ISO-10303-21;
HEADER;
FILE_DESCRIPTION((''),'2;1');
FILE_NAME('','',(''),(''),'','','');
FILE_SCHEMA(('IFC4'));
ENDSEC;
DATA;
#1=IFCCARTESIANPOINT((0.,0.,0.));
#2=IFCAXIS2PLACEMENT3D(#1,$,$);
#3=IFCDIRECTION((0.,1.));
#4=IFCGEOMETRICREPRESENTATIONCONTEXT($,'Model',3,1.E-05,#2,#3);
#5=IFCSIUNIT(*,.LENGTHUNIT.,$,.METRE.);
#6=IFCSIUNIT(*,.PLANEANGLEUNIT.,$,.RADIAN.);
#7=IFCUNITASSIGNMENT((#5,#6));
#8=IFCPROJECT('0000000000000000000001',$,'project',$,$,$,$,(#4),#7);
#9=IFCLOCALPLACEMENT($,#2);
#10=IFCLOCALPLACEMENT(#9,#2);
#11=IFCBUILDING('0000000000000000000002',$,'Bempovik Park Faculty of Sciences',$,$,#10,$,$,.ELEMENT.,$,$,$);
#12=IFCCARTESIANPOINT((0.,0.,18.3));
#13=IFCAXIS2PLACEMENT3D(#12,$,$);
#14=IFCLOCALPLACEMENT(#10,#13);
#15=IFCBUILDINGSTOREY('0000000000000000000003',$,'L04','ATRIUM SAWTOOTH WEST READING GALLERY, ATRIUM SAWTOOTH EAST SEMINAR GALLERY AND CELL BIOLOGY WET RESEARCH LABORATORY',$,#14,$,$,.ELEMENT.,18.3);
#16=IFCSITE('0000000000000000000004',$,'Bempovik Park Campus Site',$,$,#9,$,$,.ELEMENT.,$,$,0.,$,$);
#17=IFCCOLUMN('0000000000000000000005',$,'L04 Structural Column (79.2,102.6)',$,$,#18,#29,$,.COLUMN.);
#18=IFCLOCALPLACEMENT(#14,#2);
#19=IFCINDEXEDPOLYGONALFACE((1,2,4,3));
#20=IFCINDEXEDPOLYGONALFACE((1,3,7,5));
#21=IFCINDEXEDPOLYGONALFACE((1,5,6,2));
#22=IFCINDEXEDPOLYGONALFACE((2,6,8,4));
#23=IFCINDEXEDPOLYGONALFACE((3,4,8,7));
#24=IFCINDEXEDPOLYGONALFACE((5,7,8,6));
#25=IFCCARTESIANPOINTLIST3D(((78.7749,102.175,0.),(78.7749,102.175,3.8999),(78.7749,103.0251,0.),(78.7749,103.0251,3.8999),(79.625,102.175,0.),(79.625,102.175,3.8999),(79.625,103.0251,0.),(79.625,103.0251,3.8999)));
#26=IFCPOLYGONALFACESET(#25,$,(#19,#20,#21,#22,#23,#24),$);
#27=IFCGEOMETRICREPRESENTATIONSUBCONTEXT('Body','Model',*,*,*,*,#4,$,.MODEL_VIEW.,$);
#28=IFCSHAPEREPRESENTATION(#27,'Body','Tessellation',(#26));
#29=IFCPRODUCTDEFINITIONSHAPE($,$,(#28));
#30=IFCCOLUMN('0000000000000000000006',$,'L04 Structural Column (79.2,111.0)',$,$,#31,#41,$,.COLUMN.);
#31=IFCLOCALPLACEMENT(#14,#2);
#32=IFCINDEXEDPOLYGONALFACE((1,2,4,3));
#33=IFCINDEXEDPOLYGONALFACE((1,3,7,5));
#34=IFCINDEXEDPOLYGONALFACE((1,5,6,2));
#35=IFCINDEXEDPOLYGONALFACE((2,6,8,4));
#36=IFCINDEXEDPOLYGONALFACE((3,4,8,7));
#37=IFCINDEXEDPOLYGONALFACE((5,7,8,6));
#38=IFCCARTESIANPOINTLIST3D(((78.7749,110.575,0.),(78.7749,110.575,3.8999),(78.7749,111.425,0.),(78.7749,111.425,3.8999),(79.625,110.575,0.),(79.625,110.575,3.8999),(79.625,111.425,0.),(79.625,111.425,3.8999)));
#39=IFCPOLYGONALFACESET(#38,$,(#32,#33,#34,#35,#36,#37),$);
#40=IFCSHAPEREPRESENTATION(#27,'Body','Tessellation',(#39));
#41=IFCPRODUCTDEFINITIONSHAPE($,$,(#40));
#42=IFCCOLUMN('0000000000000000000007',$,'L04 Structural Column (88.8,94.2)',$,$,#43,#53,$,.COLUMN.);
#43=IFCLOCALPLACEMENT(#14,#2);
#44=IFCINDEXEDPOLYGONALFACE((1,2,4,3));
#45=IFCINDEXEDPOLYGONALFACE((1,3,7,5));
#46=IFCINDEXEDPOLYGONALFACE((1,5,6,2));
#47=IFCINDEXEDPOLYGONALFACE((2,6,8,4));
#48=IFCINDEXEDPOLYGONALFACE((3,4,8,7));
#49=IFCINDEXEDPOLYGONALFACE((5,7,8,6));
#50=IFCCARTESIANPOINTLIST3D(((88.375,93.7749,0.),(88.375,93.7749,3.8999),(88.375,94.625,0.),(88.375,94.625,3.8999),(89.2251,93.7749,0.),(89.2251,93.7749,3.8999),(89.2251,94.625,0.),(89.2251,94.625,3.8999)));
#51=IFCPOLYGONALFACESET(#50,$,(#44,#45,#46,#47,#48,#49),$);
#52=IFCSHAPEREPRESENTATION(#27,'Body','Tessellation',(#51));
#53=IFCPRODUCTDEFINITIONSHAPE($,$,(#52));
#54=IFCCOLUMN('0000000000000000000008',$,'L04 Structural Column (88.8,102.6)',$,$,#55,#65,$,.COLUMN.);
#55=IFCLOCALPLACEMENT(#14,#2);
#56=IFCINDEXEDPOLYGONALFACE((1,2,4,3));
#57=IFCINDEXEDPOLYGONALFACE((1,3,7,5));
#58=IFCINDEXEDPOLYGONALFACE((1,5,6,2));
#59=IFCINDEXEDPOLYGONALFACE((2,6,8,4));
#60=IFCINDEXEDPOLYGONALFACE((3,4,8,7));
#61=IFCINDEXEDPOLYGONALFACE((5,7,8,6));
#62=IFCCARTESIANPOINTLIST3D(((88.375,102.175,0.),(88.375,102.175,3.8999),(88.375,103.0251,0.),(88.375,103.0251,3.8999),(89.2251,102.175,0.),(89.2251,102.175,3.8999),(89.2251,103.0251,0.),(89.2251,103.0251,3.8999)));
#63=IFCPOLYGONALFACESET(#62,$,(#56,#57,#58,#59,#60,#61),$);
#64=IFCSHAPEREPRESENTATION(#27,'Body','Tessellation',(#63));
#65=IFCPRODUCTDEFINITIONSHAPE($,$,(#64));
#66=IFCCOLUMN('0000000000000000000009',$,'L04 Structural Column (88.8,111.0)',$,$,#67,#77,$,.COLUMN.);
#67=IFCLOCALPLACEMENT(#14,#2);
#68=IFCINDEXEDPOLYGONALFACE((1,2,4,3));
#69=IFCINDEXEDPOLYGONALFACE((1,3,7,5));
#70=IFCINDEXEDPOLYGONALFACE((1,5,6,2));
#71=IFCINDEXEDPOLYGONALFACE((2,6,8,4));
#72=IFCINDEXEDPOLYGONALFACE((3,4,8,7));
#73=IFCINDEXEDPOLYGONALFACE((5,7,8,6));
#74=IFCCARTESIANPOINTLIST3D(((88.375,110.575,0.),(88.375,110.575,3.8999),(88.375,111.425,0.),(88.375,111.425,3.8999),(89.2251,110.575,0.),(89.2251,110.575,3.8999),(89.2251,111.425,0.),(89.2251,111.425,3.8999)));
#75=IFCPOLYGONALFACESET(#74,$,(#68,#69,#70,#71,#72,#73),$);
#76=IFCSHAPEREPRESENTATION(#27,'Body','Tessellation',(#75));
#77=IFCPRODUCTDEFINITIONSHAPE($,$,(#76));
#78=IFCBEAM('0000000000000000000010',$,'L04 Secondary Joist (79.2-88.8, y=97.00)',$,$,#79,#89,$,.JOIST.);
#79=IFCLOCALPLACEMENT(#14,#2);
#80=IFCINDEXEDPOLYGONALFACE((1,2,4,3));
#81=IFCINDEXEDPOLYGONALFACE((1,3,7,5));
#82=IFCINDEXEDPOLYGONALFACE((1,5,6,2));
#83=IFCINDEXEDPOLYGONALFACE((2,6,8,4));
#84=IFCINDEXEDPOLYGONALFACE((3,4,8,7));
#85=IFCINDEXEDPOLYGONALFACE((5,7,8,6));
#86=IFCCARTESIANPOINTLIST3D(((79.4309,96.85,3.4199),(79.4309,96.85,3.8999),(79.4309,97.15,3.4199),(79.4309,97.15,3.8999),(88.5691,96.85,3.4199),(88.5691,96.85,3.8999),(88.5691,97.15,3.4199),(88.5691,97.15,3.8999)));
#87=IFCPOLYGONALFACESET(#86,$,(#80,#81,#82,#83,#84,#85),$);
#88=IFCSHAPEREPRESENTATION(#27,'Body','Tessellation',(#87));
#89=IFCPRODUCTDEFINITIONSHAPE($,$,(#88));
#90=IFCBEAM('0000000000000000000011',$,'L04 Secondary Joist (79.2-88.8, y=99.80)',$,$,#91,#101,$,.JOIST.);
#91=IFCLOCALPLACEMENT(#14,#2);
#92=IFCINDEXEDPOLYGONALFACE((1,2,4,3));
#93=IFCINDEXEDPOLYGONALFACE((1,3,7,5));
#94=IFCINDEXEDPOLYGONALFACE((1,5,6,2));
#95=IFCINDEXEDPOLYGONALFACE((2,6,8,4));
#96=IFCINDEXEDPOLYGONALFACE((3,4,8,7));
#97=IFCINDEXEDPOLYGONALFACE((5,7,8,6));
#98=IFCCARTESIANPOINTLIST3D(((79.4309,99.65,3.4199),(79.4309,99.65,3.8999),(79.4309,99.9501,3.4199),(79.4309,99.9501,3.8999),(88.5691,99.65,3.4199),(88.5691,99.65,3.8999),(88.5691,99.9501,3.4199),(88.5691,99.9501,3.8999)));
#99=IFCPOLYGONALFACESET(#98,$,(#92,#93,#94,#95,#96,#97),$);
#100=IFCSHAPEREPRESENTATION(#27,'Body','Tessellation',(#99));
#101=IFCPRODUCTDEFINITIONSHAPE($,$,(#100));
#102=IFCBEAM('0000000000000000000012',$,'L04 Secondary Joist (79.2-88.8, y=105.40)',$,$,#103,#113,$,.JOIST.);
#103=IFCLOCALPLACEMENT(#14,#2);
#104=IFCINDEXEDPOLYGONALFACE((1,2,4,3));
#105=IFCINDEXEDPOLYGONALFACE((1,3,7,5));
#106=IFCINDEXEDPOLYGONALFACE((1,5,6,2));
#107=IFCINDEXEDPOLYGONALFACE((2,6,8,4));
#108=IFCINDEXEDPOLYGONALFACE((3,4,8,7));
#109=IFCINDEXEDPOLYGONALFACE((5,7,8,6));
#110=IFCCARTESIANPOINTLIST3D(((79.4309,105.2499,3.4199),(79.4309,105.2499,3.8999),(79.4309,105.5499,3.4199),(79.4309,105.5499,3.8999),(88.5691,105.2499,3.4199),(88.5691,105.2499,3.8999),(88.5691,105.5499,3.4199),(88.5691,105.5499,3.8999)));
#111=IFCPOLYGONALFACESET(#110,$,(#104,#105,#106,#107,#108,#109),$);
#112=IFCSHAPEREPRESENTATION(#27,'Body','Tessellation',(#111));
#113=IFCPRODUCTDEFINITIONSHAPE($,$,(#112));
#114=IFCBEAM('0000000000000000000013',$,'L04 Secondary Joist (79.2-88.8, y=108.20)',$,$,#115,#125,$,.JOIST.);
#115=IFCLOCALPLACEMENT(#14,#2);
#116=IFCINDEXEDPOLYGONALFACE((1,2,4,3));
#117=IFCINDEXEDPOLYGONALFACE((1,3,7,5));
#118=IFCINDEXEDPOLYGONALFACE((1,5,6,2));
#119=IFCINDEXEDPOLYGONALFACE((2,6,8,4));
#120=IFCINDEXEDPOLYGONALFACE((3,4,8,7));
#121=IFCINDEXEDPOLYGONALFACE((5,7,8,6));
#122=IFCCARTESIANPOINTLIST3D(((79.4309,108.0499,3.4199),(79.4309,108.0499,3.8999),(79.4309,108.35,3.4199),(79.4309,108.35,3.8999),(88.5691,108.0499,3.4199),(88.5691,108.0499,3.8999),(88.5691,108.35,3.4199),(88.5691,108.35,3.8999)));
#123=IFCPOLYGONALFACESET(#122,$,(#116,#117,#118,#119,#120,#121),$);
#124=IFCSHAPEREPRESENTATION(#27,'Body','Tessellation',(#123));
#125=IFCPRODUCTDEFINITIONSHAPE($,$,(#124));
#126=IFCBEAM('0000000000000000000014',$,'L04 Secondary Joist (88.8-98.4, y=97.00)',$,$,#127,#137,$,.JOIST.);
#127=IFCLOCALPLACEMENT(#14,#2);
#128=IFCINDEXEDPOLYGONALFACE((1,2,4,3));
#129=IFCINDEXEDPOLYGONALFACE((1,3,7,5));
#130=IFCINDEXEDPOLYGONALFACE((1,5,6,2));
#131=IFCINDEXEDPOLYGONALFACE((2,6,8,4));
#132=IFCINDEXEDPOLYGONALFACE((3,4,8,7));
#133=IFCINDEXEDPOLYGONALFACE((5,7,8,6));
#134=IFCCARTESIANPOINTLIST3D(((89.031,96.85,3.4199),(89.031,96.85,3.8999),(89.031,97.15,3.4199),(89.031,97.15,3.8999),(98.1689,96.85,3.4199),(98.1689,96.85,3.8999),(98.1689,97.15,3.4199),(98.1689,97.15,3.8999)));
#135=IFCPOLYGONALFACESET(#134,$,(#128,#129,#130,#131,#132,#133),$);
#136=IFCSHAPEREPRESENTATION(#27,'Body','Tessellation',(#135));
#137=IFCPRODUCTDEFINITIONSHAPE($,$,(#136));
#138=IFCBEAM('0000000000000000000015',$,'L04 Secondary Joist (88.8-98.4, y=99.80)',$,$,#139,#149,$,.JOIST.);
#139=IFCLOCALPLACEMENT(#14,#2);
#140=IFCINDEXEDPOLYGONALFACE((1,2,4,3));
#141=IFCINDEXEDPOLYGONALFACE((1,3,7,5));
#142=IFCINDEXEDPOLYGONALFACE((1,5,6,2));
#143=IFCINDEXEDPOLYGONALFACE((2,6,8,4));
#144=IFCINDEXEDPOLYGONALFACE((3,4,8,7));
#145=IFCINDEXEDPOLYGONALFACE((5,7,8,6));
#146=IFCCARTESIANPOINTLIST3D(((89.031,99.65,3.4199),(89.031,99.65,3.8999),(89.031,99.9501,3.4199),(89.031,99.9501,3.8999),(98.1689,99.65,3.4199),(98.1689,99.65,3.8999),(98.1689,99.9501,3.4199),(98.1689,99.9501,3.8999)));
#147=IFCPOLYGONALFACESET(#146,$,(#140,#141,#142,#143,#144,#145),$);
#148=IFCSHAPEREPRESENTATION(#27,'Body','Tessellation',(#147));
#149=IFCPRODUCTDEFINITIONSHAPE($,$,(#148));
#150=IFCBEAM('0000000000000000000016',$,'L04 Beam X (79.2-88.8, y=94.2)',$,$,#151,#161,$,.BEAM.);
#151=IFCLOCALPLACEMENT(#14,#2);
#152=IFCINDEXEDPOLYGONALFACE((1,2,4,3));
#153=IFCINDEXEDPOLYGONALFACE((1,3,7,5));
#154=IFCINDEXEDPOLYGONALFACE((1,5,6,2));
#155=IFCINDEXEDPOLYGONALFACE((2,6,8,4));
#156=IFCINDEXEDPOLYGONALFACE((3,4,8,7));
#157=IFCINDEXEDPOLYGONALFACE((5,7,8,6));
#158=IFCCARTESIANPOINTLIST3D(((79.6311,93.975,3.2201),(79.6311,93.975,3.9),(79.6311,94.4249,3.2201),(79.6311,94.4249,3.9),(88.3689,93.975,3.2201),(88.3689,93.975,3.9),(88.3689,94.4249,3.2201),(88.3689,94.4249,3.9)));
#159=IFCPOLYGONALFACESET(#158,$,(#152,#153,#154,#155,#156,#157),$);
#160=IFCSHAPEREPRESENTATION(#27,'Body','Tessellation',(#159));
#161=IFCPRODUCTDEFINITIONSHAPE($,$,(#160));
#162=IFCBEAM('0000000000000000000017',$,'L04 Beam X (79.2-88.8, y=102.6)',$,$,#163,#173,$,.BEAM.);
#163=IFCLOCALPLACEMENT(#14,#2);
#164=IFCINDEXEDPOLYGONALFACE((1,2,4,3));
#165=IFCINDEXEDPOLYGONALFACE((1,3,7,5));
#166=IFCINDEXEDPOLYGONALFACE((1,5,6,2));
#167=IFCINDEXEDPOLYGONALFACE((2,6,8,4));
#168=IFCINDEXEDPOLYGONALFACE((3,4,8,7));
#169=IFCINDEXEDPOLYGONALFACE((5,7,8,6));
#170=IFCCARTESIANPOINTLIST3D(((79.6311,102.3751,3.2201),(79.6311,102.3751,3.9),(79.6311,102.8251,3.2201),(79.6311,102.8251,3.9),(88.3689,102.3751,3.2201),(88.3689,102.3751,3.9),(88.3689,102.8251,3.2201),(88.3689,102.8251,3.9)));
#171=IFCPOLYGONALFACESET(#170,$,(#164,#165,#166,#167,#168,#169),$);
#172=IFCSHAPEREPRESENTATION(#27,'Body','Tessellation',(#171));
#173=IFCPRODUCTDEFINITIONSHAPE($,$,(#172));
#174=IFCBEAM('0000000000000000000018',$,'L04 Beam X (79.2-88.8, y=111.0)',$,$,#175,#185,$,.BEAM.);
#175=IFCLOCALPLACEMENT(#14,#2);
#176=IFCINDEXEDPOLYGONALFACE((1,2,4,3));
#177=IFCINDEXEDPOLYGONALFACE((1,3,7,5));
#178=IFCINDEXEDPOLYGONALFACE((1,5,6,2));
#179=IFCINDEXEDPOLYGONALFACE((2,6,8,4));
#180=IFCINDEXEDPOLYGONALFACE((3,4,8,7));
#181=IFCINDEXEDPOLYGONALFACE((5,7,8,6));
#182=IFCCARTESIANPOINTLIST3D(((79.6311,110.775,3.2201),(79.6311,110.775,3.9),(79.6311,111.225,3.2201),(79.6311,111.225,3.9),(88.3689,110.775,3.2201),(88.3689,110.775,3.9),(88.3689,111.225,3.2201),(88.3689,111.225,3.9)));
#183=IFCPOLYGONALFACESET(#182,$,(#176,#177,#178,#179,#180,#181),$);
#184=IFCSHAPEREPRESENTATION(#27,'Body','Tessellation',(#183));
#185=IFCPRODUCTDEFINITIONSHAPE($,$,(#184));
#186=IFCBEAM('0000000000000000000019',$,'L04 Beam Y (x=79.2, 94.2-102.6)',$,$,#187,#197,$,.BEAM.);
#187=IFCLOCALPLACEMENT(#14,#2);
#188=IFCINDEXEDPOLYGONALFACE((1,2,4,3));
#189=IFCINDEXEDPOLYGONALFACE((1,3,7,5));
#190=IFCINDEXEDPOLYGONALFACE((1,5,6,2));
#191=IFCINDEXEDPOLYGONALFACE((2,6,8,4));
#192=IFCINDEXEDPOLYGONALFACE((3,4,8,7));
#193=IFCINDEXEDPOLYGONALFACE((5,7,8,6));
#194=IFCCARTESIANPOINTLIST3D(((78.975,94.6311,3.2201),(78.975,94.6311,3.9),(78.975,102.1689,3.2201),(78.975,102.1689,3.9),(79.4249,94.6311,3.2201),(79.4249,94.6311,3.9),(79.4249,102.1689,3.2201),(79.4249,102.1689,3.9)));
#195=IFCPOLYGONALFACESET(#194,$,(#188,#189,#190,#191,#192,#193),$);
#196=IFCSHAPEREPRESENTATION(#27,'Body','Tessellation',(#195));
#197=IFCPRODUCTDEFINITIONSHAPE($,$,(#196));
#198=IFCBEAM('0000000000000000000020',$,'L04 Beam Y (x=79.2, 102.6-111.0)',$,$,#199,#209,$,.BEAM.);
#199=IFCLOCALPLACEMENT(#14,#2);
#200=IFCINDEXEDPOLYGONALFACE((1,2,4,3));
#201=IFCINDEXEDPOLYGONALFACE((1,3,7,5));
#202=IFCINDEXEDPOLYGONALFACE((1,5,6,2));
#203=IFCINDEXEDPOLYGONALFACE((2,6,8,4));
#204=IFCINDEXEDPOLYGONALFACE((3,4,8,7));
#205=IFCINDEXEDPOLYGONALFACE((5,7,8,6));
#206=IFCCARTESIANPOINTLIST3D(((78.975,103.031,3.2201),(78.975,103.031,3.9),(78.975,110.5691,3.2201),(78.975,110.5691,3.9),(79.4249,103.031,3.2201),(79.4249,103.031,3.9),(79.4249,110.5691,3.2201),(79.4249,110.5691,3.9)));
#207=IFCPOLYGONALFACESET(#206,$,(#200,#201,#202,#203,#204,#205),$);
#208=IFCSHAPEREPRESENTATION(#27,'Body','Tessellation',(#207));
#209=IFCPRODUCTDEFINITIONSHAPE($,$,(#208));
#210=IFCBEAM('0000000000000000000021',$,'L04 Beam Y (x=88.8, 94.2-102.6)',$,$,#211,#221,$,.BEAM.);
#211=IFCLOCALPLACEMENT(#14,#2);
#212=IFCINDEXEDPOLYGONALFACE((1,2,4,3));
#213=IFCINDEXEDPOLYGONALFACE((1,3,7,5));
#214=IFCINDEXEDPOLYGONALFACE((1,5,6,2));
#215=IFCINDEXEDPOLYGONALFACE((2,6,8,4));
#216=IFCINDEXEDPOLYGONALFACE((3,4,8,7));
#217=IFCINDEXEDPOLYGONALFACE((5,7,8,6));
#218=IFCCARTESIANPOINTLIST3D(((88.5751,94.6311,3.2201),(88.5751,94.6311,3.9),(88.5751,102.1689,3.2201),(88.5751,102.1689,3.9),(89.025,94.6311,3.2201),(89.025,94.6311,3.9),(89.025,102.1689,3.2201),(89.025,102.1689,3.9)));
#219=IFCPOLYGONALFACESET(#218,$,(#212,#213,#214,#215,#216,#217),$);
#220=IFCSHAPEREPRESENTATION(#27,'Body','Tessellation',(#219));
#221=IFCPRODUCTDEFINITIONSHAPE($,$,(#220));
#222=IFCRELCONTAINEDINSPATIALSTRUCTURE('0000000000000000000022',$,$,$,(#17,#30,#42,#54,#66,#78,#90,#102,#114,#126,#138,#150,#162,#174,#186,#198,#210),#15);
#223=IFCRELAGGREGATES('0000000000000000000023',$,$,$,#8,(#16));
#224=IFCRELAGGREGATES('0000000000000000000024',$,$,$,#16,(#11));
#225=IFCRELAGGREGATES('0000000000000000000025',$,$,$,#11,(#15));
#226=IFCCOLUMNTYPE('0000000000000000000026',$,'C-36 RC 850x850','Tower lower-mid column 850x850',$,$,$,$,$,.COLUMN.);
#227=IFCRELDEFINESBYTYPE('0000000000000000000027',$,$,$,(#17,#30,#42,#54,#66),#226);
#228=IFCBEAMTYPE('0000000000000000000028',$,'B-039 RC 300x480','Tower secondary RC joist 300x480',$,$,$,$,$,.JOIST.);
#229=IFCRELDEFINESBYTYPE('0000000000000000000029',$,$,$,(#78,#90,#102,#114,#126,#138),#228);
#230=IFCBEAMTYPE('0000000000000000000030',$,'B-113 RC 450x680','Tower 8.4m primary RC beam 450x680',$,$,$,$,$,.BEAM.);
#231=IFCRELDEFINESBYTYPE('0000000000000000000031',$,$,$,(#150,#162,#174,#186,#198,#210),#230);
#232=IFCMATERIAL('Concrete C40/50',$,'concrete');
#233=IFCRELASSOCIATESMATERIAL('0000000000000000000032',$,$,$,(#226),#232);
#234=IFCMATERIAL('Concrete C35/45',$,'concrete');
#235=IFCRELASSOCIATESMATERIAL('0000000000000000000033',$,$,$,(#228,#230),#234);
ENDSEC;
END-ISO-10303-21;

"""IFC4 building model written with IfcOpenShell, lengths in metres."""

from ifc_helpers import new_model, si_unit, direction, frame, origin, origin_2d, place, context, subcontext, project, spatial, rectangle, extrude, material, material_profile, profile_set, type_object, element, save


model = new_model("IFC4")

# Units and contexts
model_context = context("Model", 3, precision=1e-05, world=origin(), true_north=direction((0.0, 1.0)))
body_context = subcontext(model_context, "Body", "Model", "MODEL_VIEW")
ifc_project = project(units=[si_unit("LENGTHUNIT", "METRE"), si_unit("PLANEANGLEUNIT", "RADIAN")], contexts=[model_context])

# Site, building, storey
site_placement = place(None, origin())
site = spatial("IfcSite", under=ifc_project, at=site_placement, Name="Bempovik Park Campus Site", CompositionType="ELEMENT", RefElevation=0.0)
building_placement = place(site_placement, origin())
building = spatial("IfcBuilding", under=site, at=building_placement, Name="Bempovik Park Faculty of Sciences", CompositionType="ELEMENT")
storey_placement = place(building_placement, frame((0.0, 0.0, 18.3)))
storey = spatial("IfcBuildingStorey", under=building, at=storey_placement, Name="L04", Description="ATRIUM SAWTOOTH WEST READING GALLERY, ATRIUM SAWTOOTH EAST SEMINAR GALLERY AND CELL BIOLOGY WET RESEARCH LABORATORY", CompositionType="ELEMENT", Elevation=18.3)

# Columns
ifc_material_1 = material(Name="Concrete C40/50", Category="concrete")
ifc_material_profile_1 = material_profile(ifc_material_1, rectangle(XDim=0.8501, YDim=0.8501, at=origin_2d()), Name="RC 850x850")
ifc_profile_set_1 = profile_set([ifc_material_profile_1], Name="Concrete C40/50")
column_type = type_object("IfcColumnType", Name="C-36 RC 850x850", Description="Tower lower-mid column 850x850", PredefinedType="COLUMN", material=ifc_profile_set_1)
for number, where, z_axis, x_axis, name in (
    (1, (79.2, 102.6001, 0.0), (0.0, 0.0, 1.0), (1.0, 0.0, 0.0), "L04 Structural Column (79.2,102.6)"),
    (2, (79.2, 111.0, 0.0), (0.0, 0.0, 1.0), (1.0, 0.0, 0.0), "L04 Structural Column (79.2,111.0)"),
    (3, (88.8, 94.2, 0.0), (0.0, 0.0, 1.0), (1.0, 0.0, 0.0), "L04 Structural Column (88.8,94.2)"),
    (4, (88.8, 102.6001, 0.0), (0.0, 0.0, 1.0), (1.0, 0.0, 0.0), "L04 Structural Column (88.8,102.6)"),
    (5, (88.8, 111.0, 0.0), (0.0, 0.0, 1.0), (1.0, 0.0, 0.0), "L04 Structural Column (88.8,111.0)"),
):
    element("IfcColumn", number, at=place(storey_placement, frame(where, z_axis=z_axis, x_axis=x_axis)), inside=storey, type_object=column_type, Name=name, PredefinedType="COLUMN", context=body_context, shape_type="SweptSolid", body=[
        extrude(rectangle(XDim=0.8501, YDim=0.8501, at=origin_2d()), origin(), (0.0, 0.0, 1.0), 3.8999),
    ])

# Beams
ifc_material_2 = material(Name="Concrete C35/45", Category="concrete")
ifc_material_profile_2 = material_profile(ifc_material_2, rectangle(XDim=0.3, YDim=0.48, at=origin_2d()), Name="RC 300x480")
ifc_profile_set_2 = profile_set([ifc_material_profile_2], Name="Concrete C35/45")
beam_type_1 = type_object("IfcBeamType", Name="B-039 RC 300x480", Description="Tower secondary RC joist 300x480", PredefinedType="JOIST", material=ifc_profile_set_2)
for number, where, z_axis, x_axis, name in (
    (6, (79.4309, 97.0, 3.6599), (1.0, 0.0, 0.0), (0.0, 1.0, 0.0), "L04 Secondary Joist (79.2-88.8, y=97.00)"),
    (7, (79.4309, 99.8, 3.6599), (1.0, 0.0, 0.0), (0.0, 1.0, 0.0), "L04 Secondary Joist (79.2-88.8, y=99.80)"),
    (8, (79.4309, 105.3999, 3.6599), (1.0, 0.0, 0.0), (0.0, 1.0, 0.0), "L04 Secondary Joist (79.2-88.8, y=105.40)"),
    (9, (79.4309, 108.2, 3.6599), (1.0, 0.0, 0.0), (0.0, 1.0, 0.0), "L04 Secondary Joist (79.2-88.8, y=108.20)"),
):
    element("IfcBeam", number, at=place(storey_placement, frame(where, z_axis=z_axis, x_axis=x_axis)), inside=storey, type_object=beam_type_1, Name=name, PredefinedType="JOIST", context=body_context, shape_type="SweptSolid", body=[
        extrude(rectangle(XDim=0.3, YDim=0.48, at=origin_2d()), origin(), (0.0, 0.0, 1.0), 9.1382),
    ])
for number, where, z_axis, x_axis, name in (
    (10, (89.031, 97.0, 3.6599), (1.0, 0.0, 0.0), (0.0, 1.0, 0.0), "L04 Secondary Joist (88.8-98.4, y=97.00)"),
    (11, (89.031, 99.8, 3.6599), (1.0, 0.0, 0.0), (0.0, 1.0, 0.0), "L04 Secondary Joist (88.8-98.4, y=99.80)"),
):
    element("IfcBeam", number, at=place(storey_placement, frame(where, z_axis=z_axis, x_axis=x_axis)), inside=storey, type_object=beam_type_1, Name=name, PredefinedType="JOIST", context=body_context, shape_type="SweptSolid", body=[
        extrude(rectangle(XDim=0.3, YDim=0.48, at=origin_2d()), origin(), (0.0, 0.0, 1.0), 9.1379),
    ])
ifc_material_profile_3 = material_profile(ifc_material_2, rectangle(XDim=0.45, YDim=0.6799, at=origin_2d()), Name="RC 450x680")
ifc_profile_set_3 = profile_set([ifc_material_profile_3], Name="Concrete C35/45")
beam_type_2 = type_object("IfcBeamType", Name="B-113 RC 450x680", Description="Tower 8.4m primary RC beam 450x680", PredefinedType="BEAM", material=ifc_profile_set_3)
for number, where, z_axis, x_axis, name in (
    (12, (79.6311, 94.2, 3.5601), (1.0, 0.0, 0.0), (0.0, 1.0, 0.0), "L04 Beam X (79.2-88.8, y=94.2)"),
    (13, (79.6311, 102.6001, 3.5601), (1.0, 0.0, 0.0), (0.0, 1.0, 0.0), "L04 Beam X (79.2-88.8, y=102.6)"),
    (14, (79.6311, 111.0, 3.5601), (1.0, 0.0, 0.0), (0.0, 1.0, 0.0), "L04 Beam X (79.2-88.8, y=111.0)"),
):
    element("IfcBeam", number, at=place(storey_placement, frame(where, z_axis=z_axis, x_axis=x_axis)), inside=storey, type_object=beam_type_2, Name=name, PredefinedType="BEAM", context=body_context, shape_type="SweptSolid", body=[
        extrude(rectangle(XDim=0.45, YDim=0.6799, at=origin_2d()), origin(), (0.0, 0.0, 1.0), 8.7378),
    ])
beam_1_placement = place(storey_placement, frame((79.2, 94.6311, 3.5601), z_axis=(0.0, 1.0, 0.0), x_axis=(-1.0, 0.0, 0.0)))
element("IfcBeam", 15, at=beam_1_placement, inside=storey, type_object=beam_type_2, Name="L04 Beam Y (x=79.2, 94.2-102.6)", PredefinedType="BEAM", context=body_context, shape_type="SweptSolid", body=[
    extrude(rectangle(XDim=0.45, YDim=0.6799, at=origin_2d()), origin(), (0.0, 0.0, 1.0), 7.5378),
])
beam_2_placement = place(storey_placement, frame((79.2, 103.031, 3.5601), z_axis=(0.0, 1.0, 0.0), x_axis=(-1.0, 0.0, 0.0)))
element("IfcBeam", 16, at=beam_2_placement, inside=storey, type_object=beam_type_2, Name="L04 Beam Y (x=79.2, 102.6-111.0)", PredefinedType="BEAM", context=body_context, shape_type="SweptSolid", body=[
    extrude(rectangle(XDim=0.45, YDim=0.6799, at=origin_2d()), origin(), (0.0, 0.0, 1.0), 7.5381),
])
beam_3_placement = place(storey_placement, frame((88.8, 94.6311, 3.5601), z_axis=(0.0, 1.0, 0.0), x_axis=(-1.0, 0.0, 0.0)))
element("IfcBeam", 17, at=beam_3_placement, inside=storey, type_object=beam_type_2, Name="L04 Beam Y (x=88.8, 94.2-102.6)", PredefinedType="BEAM", context=body_context, shape_type="SweptSolid", body=[
    extrude(rectangle(XDim=0.45, YDim=0.6799, at=origin_2d()), origin(), (0.0, 0.0, 1.0), 7.5378),
])

save(model, "model.ifc")
